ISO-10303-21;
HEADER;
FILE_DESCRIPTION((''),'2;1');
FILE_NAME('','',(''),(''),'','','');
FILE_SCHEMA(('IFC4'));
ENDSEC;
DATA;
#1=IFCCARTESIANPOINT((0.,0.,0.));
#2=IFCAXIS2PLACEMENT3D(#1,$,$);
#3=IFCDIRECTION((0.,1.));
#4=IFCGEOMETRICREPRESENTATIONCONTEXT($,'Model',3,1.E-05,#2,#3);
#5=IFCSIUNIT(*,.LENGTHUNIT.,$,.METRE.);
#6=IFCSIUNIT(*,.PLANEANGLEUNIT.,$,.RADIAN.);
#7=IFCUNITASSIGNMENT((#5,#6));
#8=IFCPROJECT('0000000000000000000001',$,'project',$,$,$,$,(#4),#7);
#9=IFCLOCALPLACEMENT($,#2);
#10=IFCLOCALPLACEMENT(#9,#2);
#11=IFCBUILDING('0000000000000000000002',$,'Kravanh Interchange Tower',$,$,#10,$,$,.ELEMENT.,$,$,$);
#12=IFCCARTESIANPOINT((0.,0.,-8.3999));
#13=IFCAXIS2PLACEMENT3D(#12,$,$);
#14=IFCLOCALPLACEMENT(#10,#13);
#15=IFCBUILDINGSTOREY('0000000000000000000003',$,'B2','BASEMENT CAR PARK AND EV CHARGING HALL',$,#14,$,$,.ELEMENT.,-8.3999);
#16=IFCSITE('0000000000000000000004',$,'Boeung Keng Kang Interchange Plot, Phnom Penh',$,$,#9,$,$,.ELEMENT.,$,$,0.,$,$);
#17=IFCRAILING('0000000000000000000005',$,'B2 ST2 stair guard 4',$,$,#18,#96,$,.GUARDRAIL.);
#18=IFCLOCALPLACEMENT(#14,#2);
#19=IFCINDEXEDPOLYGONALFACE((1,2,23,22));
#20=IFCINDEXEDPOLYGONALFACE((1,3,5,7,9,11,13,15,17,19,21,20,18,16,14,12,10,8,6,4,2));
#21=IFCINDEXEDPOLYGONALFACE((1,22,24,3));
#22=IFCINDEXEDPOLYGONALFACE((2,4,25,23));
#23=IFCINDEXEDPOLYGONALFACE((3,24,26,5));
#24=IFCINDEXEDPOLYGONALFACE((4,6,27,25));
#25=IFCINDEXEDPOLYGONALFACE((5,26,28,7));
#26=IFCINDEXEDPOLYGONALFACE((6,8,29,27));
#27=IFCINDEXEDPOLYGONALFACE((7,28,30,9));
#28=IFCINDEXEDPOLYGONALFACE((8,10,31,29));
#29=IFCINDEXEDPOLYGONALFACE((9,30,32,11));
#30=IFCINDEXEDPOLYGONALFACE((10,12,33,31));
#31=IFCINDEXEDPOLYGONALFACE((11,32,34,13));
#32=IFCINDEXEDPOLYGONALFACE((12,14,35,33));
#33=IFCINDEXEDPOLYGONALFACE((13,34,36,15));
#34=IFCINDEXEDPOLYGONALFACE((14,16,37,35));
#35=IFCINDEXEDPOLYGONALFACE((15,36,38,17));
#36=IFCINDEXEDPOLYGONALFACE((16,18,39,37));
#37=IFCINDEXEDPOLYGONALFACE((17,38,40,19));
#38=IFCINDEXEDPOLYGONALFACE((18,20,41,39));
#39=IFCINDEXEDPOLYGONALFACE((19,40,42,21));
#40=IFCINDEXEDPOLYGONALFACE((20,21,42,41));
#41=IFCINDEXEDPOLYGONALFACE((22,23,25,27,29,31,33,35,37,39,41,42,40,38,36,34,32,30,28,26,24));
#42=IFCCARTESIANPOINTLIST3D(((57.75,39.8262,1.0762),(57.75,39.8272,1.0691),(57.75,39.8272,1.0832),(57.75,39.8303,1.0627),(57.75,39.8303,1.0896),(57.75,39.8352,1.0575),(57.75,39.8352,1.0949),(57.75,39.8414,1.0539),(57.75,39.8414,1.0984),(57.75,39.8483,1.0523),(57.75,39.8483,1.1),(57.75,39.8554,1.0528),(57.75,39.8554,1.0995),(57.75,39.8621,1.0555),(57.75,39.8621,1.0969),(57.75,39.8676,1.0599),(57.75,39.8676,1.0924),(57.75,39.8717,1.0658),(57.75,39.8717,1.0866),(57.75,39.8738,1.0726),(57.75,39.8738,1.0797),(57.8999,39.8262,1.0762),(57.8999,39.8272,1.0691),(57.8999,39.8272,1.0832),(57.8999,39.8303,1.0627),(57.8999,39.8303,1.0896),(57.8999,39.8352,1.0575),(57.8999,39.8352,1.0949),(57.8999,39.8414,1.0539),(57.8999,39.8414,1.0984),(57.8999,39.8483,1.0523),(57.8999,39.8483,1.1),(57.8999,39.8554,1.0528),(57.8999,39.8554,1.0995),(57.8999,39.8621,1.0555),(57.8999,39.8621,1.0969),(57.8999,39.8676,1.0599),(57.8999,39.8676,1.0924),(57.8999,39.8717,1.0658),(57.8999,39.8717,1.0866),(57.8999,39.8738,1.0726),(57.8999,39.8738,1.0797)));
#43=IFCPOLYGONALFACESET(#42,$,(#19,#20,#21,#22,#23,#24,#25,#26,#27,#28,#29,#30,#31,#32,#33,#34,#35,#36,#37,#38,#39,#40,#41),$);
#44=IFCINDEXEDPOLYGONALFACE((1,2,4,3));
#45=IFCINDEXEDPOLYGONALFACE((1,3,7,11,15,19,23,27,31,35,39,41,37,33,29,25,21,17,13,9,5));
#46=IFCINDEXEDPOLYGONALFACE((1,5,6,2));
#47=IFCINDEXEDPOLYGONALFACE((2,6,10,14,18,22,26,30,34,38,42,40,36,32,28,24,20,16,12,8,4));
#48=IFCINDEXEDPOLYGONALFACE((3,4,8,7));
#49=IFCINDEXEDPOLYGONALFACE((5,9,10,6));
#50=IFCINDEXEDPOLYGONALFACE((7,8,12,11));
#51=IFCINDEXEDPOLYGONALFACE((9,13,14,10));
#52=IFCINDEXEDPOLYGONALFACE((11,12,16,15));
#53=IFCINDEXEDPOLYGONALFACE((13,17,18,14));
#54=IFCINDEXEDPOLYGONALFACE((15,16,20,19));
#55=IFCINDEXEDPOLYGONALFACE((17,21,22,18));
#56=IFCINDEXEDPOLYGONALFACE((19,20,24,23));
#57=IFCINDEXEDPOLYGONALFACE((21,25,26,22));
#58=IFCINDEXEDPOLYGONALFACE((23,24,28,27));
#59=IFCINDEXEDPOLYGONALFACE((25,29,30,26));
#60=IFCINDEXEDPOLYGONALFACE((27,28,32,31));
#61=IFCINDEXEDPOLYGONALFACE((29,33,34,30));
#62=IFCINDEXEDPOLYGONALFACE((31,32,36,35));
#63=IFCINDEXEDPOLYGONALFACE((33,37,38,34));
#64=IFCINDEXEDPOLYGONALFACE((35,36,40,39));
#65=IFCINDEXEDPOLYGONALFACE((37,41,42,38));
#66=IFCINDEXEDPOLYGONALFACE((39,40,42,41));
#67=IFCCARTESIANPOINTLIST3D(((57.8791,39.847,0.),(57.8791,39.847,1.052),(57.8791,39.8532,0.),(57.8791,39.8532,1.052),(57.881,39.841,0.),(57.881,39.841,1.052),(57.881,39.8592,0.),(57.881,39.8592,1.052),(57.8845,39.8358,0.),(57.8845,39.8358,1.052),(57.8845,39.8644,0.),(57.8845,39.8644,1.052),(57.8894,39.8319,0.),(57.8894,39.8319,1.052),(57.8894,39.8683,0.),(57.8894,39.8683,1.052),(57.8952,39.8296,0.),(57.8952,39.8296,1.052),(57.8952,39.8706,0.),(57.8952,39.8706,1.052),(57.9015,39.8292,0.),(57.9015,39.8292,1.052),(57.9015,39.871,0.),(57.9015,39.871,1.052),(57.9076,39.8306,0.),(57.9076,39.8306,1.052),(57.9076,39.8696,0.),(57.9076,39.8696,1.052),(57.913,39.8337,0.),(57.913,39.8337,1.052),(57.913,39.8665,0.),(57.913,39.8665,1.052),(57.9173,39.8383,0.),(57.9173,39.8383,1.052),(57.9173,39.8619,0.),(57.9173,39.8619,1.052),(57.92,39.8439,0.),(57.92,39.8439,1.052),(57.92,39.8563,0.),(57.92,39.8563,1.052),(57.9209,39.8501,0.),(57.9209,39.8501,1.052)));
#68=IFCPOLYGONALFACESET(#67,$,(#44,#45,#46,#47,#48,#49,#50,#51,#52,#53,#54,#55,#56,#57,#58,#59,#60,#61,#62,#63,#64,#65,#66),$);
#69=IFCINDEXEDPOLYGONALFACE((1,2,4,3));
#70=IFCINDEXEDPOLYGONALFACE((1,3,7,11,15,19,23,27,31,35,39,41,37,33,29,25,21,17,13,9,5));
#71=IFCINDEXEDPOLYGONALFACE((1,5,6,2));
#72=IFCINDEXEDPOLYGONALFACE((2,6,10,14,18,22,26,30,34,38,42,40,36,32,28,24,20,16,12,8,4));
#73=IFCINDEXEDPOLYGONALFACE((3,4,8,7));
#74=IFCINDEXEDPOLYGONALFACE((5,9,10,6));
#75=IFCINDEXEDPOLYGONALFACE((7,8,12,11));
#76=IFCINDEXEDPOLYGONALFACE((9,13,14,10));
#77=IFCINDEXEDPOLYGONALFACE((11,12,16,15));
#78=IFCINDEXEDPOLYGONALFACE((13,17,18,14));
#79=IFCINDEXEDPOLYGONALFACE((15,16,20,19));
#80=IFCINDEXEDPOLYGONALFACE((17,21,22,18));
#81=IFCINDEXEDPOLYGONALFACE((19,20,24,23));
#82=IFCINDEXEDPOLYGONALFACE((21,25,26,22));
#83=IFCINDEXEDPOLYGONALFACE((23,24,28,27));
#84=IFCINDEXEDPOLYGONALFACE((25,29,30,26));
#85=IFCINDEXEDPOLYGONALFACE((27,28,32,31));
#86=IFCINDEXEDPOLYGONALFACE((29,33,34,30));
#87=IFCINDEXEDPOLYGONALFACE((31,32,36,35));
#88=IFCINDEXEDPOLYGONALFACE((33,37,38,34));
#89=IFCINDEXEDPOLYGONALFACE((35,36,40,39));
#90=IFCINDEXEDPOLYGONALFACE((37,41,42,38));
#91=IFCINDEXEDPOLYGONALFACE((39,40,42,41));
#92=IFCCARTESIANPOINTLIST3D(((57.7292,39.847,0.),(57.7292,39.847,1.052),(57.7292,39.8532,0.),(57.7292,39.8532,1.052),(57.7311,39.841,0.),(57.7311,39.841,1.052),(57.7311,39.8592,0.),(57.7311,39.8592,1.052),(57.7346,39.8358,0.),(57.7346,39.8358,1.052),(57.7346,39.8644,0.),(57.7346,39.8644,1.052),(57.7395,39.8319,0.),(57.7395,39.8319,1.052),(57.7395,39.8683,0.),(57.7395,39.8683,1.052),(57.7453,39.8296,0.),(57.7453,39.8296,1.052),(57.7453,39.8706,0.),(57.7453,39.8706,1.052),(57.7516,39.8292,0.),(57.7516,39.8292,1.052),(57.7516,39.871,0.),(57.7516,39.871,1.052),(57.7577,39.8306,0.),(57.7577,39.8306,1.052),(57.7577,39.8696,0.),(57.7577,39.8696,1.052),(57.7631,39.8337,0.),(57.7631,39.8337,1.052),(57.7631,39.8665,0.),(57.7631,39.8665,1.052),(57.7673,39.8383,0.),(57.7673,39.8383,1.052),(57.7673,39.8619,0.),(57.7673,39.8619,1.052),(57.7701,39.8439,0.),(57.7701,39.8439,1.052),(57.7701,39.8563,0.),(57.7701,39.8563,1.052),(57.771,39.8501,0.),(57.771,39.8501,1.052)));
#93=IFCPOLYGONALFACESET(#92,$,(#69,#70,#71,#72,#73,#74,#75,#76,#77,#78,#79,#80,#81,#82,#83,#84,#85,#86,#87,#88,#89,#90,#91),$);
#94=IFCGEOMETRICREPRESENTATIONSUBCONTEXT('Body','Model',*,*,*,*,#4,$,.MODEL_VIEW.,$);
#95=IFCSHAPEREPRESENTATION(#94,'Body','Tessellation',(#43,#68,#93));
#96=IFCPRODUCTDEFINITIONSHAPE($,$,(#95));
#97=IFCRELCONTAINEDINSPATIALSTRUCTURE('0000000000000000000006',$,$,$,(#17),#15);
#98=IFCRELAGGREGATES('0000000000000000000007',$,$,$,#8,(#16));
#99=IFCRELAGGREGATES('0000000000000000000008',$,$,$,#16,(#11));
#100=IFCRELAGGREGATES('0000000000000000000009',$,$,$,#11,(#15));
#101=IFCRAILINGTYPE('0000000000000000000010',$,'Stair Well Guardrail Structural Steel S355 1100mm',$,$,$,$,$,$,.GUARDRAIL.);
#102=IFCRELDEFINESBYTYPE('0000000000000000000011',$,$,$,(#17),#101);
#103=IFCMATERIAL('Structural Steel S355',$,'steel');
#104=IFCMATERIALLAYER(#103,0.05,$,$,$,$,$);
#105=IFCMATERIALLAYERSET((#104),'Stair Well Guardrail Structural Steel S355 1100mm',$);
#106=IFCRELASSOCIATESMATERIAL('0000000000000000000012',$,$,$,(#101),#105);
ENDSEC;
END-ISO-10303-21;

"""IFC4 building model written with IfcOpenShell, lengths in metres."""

from ifc_helpers import new_model, si_unit, direction, frame, origin, origin_2d, place, context, subcontext, project, spatial, circle, extrude, material, layer, layer_set, type_object, element, save


model = new_model("IFC4")

# Units and contexts
model_context = context("Model", 3, precision=1e-05, world=origin(), true_north=direction((0.0, 1.0)))
body_context = subcontext(model_context, "Body", "Model", "MODEL_VIEW")
ifc_project = project(units=[si_unit("LENGTHUNIT", "METRE"), si_unit("PLANEANGLEUNIT", "RADIAN")], contexts=[model_context])

# Site, building, storey
site_placement = place(None, origin())
site = spatial("IfcSite", under=ifc_project, at=site_placement, Name="Boeung Keng Kang Interchange Plot, Phnom Penh", CompositionType="ELEMENT", RefElevation=0.0)
building_placement = place(site_placement, origin())
building = spatial("IfcBuilding", under=site, at=building_placement, Name="Kravanh Interchange Tower", CompositionType="ELEMENT")
storey_placement = place(building_placement, frame((0.0, 0.0, -8.3999)))
storey = spatial("IfcBuildingStorey", under=building, at=storey_placement, Name="B2", Description="BASEMENT CAR PARK AND EV CHARGING HALL", CompositionType="ELEMENT", Elevation=-8.3999)

# Railing
ifc_material_1 = material(Name="Structural Steel S355", Category="steel")
ifc_layer_1 = layer(ifc_material_1, 0.05)
ifc_layer_set_1 = layer_set([ifc_layer_1], Name="Stair Well Guardrail Structural Steel S355 1100mm")
railing_type_1 = type_object("IfcRailingType", Name="Stair Well Guardrail Structural Steel S355 1100mm", PredefinedType="GUARDRAIL", material=ifc_layer_set_1)
railing_1_placement = place(storey_placement, frame((57.8999, 39.8501, 0.0)))
element("IfcRailing", 1, at=railing_1_placement, inside=storey, type_object=railing_type_1, Name="B2 ST2 stair guard 4", PredefinedType="GUARDRAIL", context=body_context, shape_type="SweptSolid", body=[
    extrude(circle(Radius=0.0239, at=origin_2d()), frame((0.0, 0.0, 1.0762), z_axis=(-1.0, 0.0, 0.0), x_axis=(0.0, -1.0, 0.0)), (0.0, 0.0, 1.0), 0.1499),
    extrude(circle(Radius=0.021, at=origin_2d()), origin(), (0.0, 0.0, 1.0), 1.052),
    extrude(circle(Radius=0.021, at=origin_2d()), frame((-0.1499, 0.0, 0.0)), (0.0, 0.0, 1.0), 1.052),
])

save(model, "model.ifc")
